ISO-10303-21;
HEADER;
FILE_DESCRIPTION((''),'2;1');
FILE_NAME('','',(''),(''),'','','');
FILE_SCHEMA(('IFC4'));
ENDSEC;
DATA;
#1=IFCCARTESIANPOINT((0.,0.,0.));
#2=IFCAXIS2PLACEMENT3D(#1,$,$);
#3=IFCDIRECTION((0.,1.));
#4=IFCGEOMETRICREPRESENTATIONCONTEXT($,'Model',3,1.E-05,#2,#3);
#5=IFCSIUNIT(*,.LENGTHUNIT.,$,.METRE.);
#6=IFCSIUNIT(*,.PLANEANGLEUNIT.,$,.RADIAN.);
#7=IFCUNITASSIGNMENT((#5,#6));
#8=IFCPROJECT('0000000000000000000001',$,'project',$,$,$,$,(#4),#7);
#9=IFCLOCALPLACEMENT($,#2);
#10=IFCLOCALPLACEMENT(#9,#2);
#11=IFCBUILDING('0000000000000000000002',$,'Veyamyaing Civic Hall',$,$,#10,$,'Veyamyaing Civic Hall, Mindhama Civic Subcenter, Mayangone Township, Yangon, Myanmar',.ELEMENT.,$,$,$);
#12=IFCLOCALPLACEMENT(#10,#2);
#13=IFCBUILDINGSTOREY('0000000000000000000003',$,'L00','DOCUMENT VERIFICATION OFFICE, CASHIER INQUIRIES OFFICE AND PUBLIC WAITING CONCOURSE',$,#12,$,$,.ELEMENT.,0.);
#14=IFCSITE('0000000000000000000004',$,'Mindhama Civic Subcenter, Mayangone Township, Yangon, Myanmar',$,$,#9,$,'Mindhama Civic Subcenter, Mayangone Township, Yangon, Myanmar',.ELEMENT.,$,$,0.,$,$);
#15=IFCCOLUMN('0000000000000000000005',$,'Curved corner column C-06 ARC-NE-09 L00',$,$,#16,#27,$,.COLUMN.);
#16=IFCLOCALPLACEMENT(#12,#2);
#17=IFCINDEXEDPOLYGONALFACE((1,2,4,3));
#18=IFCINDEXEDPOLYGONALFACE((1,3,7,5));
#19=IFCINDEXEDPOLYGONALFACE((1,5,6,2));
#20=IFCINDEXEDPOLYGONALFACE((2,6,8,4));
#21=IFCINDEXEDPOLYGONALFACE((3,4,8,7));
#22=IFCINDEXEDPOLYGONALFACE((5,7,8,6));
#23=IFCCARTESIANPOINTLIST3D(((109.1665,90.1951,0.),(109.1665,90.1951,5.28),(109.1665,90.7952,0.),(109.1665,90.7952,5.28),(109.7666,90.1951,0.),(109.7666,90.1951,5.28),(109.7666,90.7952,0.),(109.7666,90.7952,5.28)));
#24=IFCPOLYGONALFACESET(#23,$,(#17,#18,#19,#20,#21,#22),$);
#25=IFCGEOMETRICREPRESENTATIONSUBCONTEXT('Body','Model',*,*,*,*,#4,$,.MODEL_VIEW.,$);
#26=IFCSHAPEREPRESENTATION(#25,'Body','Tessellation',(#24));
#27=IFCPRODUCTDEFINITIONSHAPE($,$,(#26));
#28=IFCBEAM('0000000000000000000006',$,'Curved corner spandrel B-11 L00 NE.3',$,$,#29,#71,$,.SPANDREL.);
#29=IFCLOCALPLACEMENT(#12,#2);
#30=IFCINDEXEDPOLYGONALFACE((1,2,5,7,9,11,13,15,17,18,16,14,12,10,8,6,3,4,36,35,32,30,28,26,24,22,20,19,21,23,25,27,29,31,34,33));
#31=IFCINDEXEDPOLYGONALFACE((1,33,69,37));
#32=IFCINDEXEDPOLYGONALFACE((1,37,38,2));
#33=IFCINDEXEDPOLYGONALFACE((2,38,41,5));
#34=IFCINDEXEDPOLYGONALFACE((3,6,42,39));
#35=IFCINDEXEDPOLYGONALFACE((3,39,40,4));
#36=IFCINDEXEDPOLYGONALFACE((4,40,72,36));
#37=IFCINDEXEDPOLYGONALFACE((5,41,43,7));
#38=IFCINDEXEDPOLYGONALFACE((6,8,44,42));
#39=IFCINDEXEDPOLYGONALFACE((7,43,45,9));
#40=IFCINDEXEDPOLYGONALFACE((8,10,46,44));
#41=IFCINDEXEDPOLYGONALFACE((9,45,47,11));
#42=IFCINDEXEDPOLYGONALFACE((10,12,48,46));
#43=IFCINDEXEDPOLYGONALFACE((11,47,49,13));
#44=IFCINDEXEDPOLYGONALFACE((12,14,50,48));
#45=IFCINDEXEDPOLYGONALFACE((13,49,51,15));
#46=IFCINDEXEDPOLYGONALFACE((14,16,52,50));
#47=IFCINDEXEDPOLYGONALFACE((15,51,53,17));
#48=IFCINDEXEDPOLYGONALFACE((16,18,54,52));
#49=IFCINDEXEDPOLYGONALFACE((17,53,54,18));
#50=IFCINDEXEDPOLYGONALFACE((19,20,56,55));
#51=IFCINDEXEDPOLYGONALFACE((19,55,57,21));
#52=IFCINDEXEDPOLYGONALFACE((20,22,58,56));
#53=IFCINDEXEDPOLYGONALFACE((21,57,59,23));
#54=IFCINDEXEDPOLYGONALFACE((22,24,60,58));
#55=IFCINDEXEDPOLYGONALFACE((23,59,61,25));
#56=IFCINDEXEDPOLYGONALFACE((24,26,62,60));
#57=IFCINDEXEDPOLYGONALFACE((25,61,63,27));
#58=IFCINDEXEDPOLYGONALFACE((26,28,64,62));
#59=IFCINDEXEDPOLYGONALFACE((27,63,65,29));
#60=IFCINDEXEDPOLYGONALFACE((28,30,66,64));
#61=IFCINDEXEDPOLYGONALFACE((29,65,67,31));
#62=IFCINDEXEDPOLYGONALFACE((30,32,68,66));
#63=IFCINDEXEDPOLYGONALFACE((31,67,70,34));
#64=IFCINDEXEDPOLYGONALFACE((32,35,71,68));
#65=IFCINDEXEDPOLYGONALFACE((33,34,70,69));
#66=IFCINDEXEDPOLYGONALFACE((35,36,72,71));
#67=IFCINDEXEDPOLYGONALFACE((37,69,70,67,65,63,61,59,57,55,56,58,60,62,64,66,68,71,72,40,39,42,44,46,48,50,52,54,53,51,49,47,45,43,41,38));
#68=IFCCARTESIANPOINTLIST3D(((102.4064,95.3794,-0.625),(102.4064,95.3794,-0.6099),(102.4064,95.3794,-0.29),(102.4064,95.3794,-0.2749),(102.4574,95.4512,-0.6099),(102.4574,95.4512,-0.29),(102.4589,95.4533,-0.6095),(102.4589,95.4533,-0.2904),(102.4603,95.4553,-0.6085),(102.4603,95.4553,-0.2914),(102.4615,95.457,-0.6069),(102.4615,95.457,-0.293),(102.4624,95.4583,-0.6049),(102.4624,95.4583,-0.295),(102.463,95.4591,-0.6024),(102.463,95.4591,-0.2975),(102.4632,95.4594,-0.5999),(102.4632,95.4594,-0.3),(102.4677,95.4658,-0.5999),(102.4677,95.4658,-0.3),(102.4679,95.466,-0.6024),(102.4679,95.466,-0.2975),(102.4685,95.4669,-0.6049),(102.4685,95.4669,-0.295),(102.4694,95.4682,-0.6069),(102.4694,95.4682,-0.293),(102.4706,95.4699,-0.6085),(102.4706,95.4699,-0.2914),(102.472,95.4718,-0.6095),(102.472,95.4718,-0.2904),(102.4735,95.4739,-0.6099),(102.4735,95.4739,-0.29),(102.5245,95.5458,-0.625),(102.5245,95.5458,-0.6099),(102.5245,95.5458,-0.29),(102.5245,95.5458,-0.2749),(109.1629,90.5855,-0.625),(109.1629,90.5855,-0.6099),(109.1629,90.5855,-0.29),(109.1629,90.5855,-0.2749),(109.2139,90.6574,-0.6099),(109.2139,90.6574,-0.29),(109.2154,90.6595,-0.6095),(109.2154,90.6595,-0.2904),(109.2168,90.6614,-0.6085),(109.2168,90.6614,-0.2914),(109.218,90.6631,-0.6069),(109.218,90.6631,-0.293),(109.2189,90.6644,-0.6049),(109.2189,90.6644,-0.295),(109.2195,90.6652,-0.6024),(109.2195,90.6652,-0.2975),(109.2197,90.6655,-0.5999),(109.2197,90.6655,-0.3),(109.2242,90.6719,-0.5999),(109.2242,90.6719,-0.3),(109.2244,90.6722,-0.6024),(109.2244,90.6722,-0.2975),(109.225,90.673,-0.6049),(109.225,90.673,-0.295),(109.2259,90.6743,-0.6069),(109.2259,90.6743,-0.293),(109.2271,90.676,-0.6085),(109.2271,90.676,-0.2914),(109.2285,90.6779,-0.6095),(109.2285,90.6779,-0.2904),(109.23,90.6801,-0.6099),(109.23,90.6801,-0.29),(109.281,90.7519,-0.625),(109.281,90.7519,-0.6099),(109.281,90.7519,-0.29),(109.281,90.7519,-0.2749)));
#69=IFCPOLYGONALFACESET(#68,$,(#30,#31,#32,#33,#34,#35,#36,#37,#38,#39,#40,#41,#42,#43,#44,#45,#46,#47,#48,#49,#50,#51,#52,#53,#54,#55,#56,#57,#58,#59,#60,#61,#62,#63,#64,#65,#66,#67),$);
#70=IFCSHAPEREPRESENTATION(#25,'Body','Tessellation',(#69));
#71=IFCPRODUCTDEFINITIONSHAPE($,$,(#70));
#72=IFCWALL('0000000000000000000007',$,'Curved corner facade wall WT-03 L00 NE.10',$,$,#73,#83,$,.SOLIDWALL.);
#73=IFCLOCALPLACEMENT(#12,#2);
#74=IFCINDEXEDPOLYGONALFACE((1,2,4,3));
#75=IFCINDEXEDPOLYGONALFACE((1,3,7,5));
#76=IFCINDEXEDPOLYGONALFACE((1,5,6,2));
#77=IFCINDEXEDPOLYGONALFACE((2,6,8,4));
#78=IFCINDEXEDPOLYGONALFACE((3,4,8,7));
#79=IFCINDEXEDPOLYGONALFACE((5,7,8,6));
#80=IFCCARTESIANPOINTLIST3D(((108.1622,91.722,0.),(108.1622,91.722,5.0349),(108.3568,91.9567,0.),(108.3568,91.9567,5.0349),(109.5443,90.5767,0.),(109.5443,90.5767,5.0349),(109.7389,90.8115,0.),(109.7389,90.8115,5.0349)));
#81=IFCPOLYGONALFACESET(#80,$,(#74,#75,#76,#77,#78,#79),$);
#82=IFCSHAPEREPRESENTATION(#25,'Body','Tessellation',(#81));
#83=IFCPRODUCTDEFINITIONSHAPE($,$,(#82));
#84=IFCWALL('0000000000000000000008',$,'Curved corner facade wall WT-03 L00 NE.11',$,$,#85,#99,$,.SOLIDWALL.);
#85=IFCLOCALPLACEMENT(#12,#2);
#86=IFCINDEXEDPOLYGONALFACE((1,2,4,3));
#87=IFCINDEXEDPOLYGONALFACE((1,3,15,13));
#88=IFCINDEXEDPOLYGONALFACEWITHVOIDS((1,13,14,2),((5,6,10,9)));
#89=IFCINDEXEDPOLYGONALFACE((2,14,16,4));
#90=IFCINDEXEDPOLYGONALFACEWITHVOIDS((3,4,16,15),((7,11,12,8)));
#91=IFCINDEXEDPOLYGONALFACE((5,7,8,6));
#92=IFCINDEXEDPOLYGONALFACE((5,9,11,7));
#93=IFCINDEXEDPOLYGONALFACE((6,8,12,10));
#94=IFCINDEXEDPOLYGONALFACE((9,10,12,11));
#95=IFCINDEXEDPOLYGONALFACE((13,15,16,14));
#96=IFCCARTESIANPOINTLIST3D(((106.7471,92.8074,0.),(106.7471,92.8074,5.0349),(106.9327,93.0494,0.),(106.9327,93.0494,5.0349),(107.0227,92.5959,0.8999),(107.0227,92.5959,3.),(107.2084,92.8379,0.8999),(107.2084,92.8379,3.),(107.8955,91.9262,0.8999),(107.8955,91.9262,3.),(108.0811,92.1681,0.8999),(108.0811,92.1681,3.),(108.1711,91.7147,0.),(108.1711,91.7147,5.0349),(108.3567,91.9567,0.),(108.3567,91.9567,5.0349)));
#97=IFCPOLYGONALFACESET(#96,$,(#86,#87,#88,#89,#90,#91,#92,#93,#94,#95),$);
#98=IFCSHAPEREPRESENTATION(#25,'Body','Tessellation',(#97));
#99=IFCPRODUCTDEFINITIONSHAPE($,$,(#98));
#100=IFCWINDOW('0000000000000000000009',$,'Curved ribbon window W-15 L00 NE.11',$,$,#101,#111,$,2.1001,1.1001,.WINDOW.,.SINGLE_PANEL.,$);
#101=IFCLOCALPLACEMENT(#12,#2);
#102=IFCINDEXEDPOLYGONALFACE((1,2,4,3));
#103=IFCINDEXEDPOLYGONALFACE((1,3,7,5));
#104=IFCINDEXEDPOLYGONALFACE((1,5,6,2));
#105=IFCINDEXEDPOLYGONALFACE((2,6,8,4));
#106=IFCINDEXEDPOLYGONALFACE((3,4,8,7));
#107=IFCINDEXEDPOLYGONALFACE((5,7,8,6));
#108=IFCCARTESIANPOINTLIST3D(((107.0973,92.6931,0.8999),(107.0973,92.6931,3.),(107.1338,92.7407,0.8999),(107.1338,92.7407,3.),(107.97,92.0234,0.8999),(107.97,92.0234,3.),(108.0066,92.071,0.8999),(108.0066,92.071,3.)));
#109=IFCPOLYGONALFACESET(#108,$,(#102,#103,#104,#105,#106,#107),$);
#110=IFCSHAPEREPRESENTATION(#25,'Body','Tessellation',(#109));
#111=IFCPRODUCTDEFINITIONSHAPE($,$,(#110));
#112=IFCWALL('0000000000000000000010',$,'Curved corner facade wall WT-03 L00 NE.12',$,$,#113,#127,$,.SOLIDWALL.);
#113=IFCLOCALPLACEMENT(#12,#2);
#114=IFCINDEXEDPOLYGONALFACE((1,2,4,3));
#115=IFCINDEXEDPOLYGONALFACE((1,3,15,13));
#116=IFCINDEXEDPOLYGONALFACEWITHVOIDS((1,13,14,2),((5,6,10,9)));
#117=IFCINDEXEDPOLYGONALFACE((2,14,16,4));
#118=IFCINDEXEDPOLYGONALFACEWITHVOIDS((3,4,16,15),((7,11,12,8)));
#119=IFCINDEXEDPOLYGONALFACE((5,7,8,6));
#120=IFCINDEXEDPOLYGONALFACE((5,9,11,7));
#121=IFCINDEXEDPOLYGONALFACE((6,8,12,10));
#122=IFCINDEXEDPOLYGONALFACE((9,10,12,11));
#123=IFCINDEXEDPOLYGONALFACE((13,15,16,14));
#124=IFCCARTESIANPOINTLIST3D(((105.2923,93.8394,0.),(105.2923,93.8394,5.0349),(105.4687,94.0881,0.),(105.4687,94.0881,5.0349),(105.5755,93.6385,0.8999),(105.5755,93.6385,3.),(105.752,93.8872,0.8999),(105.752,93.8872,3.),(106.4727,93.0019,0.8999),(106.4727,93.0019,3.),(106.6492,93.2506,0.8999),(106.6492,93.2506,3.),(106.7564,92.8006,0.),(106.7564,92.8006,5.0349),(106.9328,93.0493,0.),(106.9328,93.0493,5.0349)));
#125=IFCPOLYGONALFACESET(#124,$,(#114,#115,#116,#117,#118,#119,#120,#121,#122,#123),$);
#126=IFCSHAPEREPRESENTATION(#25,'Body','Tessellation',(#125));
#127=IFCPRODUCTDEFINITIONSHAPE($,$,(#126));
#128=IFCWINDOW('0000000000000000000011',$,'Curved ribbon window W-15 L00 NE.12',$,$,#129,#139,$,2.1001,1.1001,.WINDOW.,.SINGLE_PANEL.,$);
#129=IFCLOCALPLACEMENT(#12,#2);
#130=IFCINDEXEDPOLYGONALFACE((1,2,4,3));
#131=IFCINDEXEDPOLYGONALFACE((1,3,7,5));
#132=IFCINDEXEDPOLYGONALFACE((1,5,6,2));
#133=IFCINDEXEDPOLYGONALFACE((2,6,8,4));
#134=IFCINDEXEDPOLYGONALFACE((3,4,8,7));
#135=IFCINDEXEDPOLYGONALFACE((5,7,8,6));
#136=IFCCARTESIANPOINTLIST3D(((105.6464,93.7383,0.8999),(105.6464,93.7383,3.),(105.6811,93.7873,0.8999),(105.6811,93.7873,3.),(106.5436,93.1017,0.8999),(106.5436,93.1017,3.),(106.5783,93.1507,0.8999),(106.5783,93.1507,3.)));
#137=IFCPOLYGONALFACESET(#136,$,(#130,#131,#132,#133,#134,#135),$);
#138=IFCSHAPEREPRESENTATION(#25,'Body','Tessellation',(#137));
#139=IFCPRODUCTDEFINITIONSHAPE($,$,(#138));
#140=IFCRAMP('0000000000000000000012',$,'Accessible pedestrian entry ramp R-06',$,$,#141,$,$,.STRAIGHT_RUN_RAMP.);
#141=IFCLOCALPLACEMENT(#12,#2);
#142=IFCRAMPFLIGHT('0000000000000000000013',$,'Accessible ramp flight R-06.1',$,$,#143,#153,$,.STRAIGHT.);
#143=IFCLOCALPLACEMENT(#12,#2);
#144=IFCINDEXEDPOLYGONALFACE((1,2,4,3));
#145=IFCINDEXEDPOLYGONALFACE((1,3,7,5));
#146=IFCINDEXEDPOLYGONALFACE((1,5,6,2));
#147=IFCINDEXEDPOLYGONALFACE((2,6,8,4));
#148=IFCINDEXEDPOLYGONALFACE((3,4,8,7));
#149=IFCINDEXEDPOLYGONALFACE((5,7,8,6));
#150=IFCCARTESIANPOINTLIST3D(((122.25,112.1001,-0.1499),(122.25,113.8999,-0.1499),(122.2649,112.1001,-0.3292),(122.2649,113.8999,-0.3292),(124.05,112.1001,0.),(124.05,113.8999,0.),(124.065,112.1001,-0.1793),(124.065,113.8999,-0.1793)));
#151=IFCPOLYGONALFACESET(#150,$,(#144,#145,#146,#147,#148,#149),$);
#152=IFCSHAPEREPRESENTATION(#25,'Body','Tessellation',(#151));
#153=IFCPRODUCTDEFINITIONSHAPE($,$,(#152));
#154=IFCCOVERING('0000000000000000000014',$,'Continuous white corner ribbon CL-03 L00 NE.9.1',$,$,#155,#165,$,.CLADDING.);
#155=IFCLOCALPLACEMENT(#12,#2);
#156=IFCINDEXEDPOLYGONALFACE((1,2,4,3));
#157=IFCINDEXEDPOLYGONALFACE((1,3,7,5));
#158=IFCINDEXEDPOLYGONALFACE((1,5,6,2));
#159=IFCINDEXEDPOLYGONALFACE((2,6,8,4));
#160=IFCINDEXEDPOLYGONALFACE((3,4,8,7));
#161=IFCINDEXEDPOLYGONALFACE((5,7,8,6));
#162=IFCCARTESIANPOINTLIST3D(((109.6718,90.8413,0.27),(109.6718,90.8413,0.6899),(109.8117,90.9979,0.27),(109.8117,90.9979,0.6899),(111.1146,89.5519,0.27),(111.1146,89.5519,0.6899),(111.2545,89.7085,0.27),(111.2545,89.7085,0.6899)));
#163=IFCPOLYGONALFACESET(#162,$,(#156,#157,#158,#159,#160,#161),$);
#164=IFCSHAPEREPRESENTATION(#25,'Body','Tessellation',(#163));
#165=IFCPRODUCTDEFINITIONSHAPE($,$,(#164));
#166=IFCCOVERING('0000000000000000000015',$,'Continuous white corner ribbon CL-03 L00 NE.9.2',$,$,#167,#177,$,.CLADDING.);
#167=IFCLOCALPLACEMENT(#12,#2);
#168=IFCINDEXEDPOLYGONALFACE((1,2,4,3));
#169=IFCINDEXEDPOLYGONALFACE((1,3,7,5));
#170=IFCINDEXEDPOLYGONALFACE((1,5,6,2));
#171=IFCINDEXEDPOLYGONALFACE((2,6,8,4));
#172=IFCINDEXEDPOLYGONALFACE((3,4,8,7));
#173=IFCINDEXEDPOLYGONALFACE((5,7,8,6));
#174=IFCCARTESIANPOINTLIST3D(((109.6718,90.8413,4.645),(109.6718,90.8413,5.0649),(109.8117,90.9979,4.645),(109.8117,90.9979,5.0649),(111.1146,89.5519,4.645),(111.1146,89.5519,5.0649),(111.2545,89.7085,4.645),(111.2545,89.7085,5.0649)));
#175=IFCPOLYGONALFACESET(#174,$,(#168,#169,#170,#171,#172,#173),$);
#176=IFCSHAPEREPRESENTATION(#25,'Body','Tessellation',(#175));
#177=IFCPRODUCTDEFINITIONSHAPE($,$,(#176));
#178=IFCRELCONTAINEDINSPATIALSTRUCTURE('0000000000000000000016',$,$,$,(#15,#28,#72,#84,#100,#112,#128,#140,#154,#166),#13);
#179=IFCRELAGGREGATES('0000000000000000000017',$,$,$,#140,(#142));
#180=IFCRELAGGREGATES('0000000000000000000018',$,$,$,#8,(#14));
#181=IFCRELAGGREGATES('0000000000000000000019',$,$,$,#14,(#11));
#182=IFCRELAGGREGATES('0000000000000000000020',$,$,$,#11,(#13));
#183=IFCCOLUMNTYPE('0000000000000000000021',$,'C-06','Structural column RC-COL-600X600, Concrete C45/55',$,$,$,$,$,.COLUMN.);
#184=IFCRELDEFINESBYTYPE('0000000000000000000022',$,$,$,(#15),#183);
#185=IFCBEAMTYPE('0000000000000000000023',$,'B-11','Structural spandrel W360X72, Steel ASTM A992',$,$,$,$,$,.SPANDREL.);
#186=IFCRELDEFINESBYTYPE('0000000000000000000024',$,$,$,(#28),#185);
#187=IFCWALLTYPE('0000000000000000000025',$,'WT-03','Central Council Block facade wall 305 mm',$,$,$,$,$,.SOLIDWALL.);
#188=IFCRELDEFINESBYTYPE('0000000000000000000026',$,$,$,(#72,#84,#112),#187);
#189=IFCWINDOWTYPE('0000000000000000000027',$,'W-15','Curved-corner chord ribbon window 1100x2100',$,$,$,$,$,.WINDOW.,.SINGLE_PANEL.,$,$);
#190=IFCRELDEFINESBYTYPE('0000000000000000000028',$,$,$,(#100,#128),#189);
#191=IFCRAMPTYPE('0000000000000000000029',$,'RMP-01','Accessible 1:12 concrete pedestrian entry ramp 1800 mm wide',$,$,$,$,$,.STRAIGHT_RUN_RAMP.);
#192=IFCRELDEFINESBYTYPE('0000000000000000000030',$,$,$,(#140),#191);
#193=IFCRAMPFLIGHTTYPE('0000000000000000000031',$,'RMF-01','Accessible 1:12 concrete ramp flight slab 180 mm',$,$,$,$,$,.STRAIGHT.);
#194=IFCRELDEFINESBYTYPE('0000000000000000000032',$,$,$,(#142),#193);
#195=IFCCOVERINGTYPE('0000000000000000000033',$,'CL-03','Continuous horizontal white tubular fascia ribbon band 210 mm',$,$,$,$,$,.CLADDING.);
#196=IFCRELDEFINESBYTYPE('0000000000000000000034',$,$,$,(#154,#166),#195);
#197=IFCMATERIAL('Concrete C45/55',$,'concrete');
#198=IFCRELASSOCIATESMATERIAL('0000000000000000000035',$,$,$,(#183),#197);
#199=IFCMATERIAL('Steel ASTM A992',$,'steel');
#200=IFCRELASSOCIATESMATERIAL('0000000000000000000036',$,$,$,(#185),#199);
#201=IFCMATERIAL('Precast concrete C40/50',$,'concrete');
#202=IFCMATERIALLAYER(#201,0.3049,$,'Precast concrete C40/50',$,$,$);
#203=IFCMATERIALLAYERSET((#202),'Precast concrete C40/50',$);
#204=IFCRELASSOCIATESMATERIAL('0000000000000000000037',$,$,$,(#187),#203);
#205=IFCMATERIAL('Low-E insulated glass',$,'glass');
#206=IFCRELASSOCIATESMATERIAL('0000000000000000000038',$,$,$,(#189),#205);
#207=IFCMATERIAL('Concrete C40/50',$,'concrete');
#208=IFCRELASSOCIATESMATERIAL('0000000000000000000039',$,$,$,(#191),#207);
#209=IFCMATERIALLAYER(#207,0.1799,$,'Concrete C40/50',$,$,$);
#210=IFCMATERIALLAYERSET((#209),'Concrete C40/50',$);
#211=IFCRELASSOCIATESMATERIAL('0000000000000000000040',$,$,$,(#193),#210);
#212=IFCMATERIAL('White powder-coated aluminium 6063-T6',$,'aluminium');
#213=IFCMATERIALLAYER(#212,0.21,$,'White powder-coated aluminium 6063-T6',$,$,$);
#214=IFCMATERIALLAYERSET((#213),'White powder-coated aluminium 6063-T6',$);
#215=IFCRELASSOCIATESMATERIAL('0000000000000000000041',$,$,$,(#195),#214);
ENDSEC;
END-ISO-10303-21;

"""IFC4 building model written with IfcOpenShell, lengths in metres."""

from ifc_helpers import new_model, si_unit, direction, frame, frame_2d, origin, origin_2d, place, context, subcontext, project, spatial, polyline, rectangle, i_section, outline, extrude, material, layer, layer_set, material_profile, profile_set, type_object, element, fill, aggregate, save


model = new_model("IFC4")

# Units and contexts
model_context = context("Model", 3, precision=1e-05, world=origin(), true_north=direction((0.0, 1.0)))
body_context = subcontext(model_context, "Body", "Model", "MODEL_VIEW")
ifc_project = project(units=[si_unit("LENGTHUNIT", "METRE"), si_unit("PLANEANGLEUNIT", "RADIAN")], contexts=[model_context])

# Site, building, storey
site_placement = place(None, origin())
site = spatial("IfcSite", under=ifc_project, at=site_placement, Name="Mindhama Civic Subcenter, Mayangone Township, Yangon, Myanmar", LongName="Mindhama Civic Subcenter, Mayangone Township, Yangon, Myanmar", CompositionType="ELEMENT", RefElevation=0.0)
building_placement = place(site_placement, origin())
building = spatial("IfcBuilding", under=site, at=building_placement, Name="Veyamyaing Civic Hall", LongName="Veyamyaing Civic Hall, Mindhama Civic Subcenter, Mayangone Township, Yangon, Myanmar", CompositionType="ELEMENT")
storey_placement = place(building_placement, origin())
storey = spatial("IfcBuildingStorey", under=building, at=storey_placement, Name="L00", Description="DOCUMENT VERIFICATION OFFICE, CASHIER INQUIRIES OFFICE AND PUBLIC WAITING CONCOURSE", CompositionType="ELEMENT", Elevation=0.0)

# Column
ifc_material_1 = material(Name="Concrete C45/55", Category="concrete")
ifc_material_profile_1 = material_profile(ifc_material_1, rectangle(XDim=0.6001, YDim=0.6001, at=origin_2d()), Name="RC-COL-600X600")
ifc_profile_set_1 = profile_set([ifc_material_profile_1], Name="Concrete C45/55")
column_type = type_object("IfcColumnType", Name="C-06", Description="Structural column RC-COL-600X600, Concrete C45/55", PredefinedType="COLUMN", material=ifc_profile_set_1)
column_placement = place(storey_placement, frame((109.4666, 90.4951, 0.0), z_axis=(0.0, 0.0, 1.0), x_axis=(1.0, 0.0, 0.0)))
element("IfcColumn", 1, at=column_placement, inside=storey, type_object=column_type, Name="Curved corner column C-06 ARC-NE-09 L00", PredefinedType="COLUMN", context=body_context, shape_type="SweptSolid", body=[
    extrude(rectangle(XDim=0.6001, YDim=0.6001, at=origin_2d()), origin(), (0.0, 0.0, 1.0), 5.28),
])

# Beam
ifc_material_2 = material(Name="Steel ASTM A992", Category="steel")
ifc_material_profile_2 = material_profile(ifc_material_2, i_section(OverallWidth=0.2041, OverallDepth=0.3501, WebThickness=0.0078, FlangeThickness=0.0151, FilletRadius=0.01, at=origin_2d()), Name="W360X72")
ifc_profile_set_2 = profile_set([ifc_material_profile_2], Name="Steel ASTM A992")
beam_type = type_object("IfcBeamType", Name="B-11", Description="Structural spandrel W360X72, Steel ASTM A992", PredefinedType="SPANDREL", material=ifc_profile_set_2)
beam_placement = place(storey_placement, frame((109.2219, 90.6687, -0.45), z_axis=(-0.815567, 0.578662, 0.0), x_axis=(-0.578662, -0.815567, 0.0)))
element("IfcBeam", 2, at=beam_placement, inside=storey, type_object=beam_type, Name="Curved corner spandrel B-11 L00 NE.3", PredefinedType="SPANDREL", context=body_context, shape_type="SweptSolid", body=[
    extrude(i_section(OverallWidth=0.2041, OverallDepth=0.3501, WebThickness=0.0078, FlangeThickness=0.0151, FilletRadius=0.01, at=origin_2d()), origin(), (0.0, 0.0, 1.0), 8.2844),
])

# Wall
ifc_material_3 = material(Name="Precast concrete C40/50", Category="concrete")
ifc_layer_1 = layer(ifc_material_3, 0.3049, Name="Precast concrete C40/50")
ifc_layer_set_1 = layer_set([ifc_layer_1], Name="Precast concrete C40/50")
wall_type = type_object("IfcWallType", Name="WT-03", Description="Central Council Block facade wall 305 mm", PredefinedType="SOLIDWALL", material=ifc_layer_set_1)
wall_1_placement = place(storey_placement, frame((109.6416, 90.6941, 0.0), z_axis=(0.0, 0.0, 1.0), x_axis=(-0.769991, 0.638055, 0.0)))
element("IfcWall", 3, at=wall_1_placement, inside=storey, type_object=wall_type, Name="Curved corner facade wall WT-03 L00 NE.10", PredefinedType="SOLIDWALL", context=body_context, shape_type="SweptSolid", body=[
    extrude(rectangle(XDim=1.7949, YDim=0.3049, at=frame_2d((0.8975, 0.0))), origin(), (0.0, 0.0, 1.0), 5.0349),
])

# Walls, openings, windows
wall_2_placement = place(storey_placement, frame((108.2639, 91.8357, 0.0), z_axis=(0.0, 0.0, 1.0), x_axis=(-0.793341, 0.608777, 0.0)))
wall_2 = element("IfcWall", 4, at=wall_2_placement, inside=storey, type_object=wall_type, Name="Curved corner facade wall WT-03 L00 NE.11", PredefinedType="SOLIDWALL", context=body_context, shape_type="SweptSolid", body=[
    extrude(rectangle(XDim=1.7949, YDim=0.3049, at=frame_2d((0.8975, 0.0))), origin(), (0.0, 0.0, 1.0), 5.0349),
])
opening_1_placement = place(wall_2_placement, frame((0.3474, 0.0, 0.8999)))
opening_1 = element("IfcOpeningElement", 5, at=opening_1_placement, cuts=wall_2, PredefinedType="OPENING", context=body_context, shape_type="SweptSolid", body=[
    extrude(rectangle(XDim=1.1001, YDim=2.1001, at=frame_2d((0.55, 1.05))), frame((0.0, 0.1624, 0.0), z_axis=(0.0, -1.0, 0.0), x_axis=(1.0, 0.0, 0.0)), (0.0, 0.0, 1.0), 0.325),
])
ifc_material_4 = material(Name="Low-E insulated glass", Category="glass")
window_type = type_object("IfcWindowType", Name="W-15", Description="Curved-corner chord ribbon window 1100x2100", PartitioningType="SINGLE_PANEL", PredefinedType="WINDOW", material=ifc_material_4)
window_1_placement = place(opening_1_placement, origin())
window_1 = element("IfcWindow", 6, at=window_1_placement, inside=storey, type_object=window_type, Name="Curved ribbon window W-15 L00 NE.11", OverallHeight=2.1001, OverallWidth=1.1001, PartitioningType="SINGLE_PANEL", PredefinedType="WINDOW", context=body_context, shape_type="SweptSolid", body=[
    extrude(rectangle(XDim=1.1001, YDim=2.1001, at=frame_2d((0.55, 1.05))), frame((0.0, 0.03, 0.0), z_axis=(0.0, -1.0, 0.0), x_axis=(1.0, 0.0, 0.0)), (0.0, 0.0, 1.0), 0.0601),
])
fill(opening_1, window_1)
wall_3_placement = place(storey_placement, frame((106.8445, 92.925, 0.0), z_axis=(0.0, 0.0, 1.0), x_axis=(-0.815567, 0.578662, 0.0)))
wall_3 = element("IfcWall", 7, at=wall_3_placement, inside=storey, type_object=wall_type, Name="Curved corner facade wall WT-03 L00 NE.12", PredefinedType="SOLIDWALL", context=body_context, shape_type="SweptSolid", body=[
    extrude(rectangle(XDim=1.7952, YDim=0.3049, at=frame_2d((0.8975, 0.0))), origin(), (0.0, 0.0, 1.0), 5.0349),
])
opening_2_placement = place(wall_3_placement, frame((0.3477, 0.0, 0.8999)))
opening_2 = element("IfcOpeningElement", 8, at=opening_2_placement, cuts=wall_3, PredefinedType="OPENING", context=body_context, shape_type="SweptSolid", body=[
    extrude(rectangle(XDim=1.1001, YDim=2.1001, at=frame_2d((0.55, 1.05))), frame((0.0, 0.1624, 0.0), z_axis=(0.0, -1.0, 0.0), x_axis=(1.0, 0.0, 0.0)), (0.0, 0.0, 1.0), 0.325),
])
window_2_placement = place(opening_2_placement, origin())
window_2 = element("IfcWindow", 9, at=window_2_placement, inside=storey, type_object=window_type, Name="Curved ribbon window W-15 L00 NE.12", OverallHeight=2.1001, OverallWidth=1.1001, PartitioningType="SINGLE_PANEL", PredefinedType="WINDOW", context=body_context, shape_type="SweptSolid", body=[
    extrude(rectangle(XDim=1.1001, YDim=2.1001, at=frame_2d((0.55, 1.05))), frame((0.0, 0.03, 0.0), z_axis=(0.0, -1.0, 0.0), x_axis=(1.0, 0.0, 0.0)), (0.0, 0.0, 1.0), 0.0601),
])
fill(opening_2, window_2)

# Ramp, ramp flight
ifc_material_5 = material(Name="Concrete C40/50", Category="concrete")
ramp_type = type_object("IfcRampType", Name="RMP-01", Description="Accessible 1:12 concrete pedestrian entry ramp 1800 mm wide", PredefinedType="STRAIGHT_RUN_RAMP", material=ifc_material_5)
ramp_placement = place(storey_placement, origin())
ramp = element("IfcRamp", 10, at=ramp_placement, inside=storey, type_object=ramp_type, Name="Accessible pedestrian entry ramp R-06", PredefinedType="STRAIGHT_RUN_RAMP")
ifc_layer_2 = layer(ifc_material_5, 0.1799, Name="Concrete C40/50")
ifc_layer_set_2 = layer_set([ifc_layer_2], Name="Concrete C40/50")
ramp_flight_type = type_object("IfcRampFlightType", Name="RMF-01", Description="Accessible 1:12 concrete ramp flight slab 180 mm", PredefinedType="STRAIGHT", material=ifc_layer_set_2)
ramp_flight_placement = place(storey_placement, frame((122.25, 113.8999, -0.1499), z_axis=(-0.08299, 0.0, 0.99655), x_axis=(0.99655, 0.0, 0.08299)))
ramp_flight = element("IfcRampFlight", 11, at=ramp_flight_placement, type_object=ramp_flight_type, Name="Accessible ramp flight R-06.1", PredefinedType="STRAIGHT", context=body_context, shape_type="SweptSolid", body=[
    extrude(outline(polyline([(0.0, 0.0), (1.8063, 0.0), (1.8063, -1.7998), (0.0, -1.7998), (0.0, 0.0)])), origin(), (0.0, 0.0, -1.0), 0.1799),
])
aggregate(ramp, [ramp_flight])

# Coverings
ifc_material_6 = material(Name="White powder-coated aluminium 6063-T6", Category="aluminium")
ifc_layer_3 = layer(ifc_material_6, 0.21, Name="White powder-coated aluminium 6063-T6")
ifc_layer_set_3 = layer_set([ifc_layer_3], Name="White powder-coated aluminium 6063-T6")
covering_type = type_object("IfcCoveringType", Name="CL-03", Description="Continuous horizontal white tubular fascia ribbon band 210 mm", PredefinedType="CLADDING", material=ifc_layer_set_3)
for number, where, z_axis, x_axis, name in (
    (12, (110.4631, 90.2749, 0.27), (0.0, 0.0, 1.0), (-0.745642, 0.666347, 0.0), "Continuous white corner ribbon CL-03 L00 NE.9.1"),
    (13, (110.4631, 90.2749, 4.645), (0.0, 0.0, 1.0), (-0.745642, 0.666347, 0.0), "Continuous white corner ribbon CL-03 L00 NE.9.2"),
):
    element("IfcCovering", number, at=place(storey_placement, frame(where, z_axis=z_axis, x_axis=x_axis)), inside=storey, type_object=covering_type, Name=name, PredefinedType="CLADDING", context=body_context, shape_type="SweptSolid", body=[
        extrude(rectangle(XDim=1.9351, YDim=0.21, at=origin_2d()), origin(), (0.0, 0.0, 1.0), 0.4199),
    ])

save(model, "model.ifc")
